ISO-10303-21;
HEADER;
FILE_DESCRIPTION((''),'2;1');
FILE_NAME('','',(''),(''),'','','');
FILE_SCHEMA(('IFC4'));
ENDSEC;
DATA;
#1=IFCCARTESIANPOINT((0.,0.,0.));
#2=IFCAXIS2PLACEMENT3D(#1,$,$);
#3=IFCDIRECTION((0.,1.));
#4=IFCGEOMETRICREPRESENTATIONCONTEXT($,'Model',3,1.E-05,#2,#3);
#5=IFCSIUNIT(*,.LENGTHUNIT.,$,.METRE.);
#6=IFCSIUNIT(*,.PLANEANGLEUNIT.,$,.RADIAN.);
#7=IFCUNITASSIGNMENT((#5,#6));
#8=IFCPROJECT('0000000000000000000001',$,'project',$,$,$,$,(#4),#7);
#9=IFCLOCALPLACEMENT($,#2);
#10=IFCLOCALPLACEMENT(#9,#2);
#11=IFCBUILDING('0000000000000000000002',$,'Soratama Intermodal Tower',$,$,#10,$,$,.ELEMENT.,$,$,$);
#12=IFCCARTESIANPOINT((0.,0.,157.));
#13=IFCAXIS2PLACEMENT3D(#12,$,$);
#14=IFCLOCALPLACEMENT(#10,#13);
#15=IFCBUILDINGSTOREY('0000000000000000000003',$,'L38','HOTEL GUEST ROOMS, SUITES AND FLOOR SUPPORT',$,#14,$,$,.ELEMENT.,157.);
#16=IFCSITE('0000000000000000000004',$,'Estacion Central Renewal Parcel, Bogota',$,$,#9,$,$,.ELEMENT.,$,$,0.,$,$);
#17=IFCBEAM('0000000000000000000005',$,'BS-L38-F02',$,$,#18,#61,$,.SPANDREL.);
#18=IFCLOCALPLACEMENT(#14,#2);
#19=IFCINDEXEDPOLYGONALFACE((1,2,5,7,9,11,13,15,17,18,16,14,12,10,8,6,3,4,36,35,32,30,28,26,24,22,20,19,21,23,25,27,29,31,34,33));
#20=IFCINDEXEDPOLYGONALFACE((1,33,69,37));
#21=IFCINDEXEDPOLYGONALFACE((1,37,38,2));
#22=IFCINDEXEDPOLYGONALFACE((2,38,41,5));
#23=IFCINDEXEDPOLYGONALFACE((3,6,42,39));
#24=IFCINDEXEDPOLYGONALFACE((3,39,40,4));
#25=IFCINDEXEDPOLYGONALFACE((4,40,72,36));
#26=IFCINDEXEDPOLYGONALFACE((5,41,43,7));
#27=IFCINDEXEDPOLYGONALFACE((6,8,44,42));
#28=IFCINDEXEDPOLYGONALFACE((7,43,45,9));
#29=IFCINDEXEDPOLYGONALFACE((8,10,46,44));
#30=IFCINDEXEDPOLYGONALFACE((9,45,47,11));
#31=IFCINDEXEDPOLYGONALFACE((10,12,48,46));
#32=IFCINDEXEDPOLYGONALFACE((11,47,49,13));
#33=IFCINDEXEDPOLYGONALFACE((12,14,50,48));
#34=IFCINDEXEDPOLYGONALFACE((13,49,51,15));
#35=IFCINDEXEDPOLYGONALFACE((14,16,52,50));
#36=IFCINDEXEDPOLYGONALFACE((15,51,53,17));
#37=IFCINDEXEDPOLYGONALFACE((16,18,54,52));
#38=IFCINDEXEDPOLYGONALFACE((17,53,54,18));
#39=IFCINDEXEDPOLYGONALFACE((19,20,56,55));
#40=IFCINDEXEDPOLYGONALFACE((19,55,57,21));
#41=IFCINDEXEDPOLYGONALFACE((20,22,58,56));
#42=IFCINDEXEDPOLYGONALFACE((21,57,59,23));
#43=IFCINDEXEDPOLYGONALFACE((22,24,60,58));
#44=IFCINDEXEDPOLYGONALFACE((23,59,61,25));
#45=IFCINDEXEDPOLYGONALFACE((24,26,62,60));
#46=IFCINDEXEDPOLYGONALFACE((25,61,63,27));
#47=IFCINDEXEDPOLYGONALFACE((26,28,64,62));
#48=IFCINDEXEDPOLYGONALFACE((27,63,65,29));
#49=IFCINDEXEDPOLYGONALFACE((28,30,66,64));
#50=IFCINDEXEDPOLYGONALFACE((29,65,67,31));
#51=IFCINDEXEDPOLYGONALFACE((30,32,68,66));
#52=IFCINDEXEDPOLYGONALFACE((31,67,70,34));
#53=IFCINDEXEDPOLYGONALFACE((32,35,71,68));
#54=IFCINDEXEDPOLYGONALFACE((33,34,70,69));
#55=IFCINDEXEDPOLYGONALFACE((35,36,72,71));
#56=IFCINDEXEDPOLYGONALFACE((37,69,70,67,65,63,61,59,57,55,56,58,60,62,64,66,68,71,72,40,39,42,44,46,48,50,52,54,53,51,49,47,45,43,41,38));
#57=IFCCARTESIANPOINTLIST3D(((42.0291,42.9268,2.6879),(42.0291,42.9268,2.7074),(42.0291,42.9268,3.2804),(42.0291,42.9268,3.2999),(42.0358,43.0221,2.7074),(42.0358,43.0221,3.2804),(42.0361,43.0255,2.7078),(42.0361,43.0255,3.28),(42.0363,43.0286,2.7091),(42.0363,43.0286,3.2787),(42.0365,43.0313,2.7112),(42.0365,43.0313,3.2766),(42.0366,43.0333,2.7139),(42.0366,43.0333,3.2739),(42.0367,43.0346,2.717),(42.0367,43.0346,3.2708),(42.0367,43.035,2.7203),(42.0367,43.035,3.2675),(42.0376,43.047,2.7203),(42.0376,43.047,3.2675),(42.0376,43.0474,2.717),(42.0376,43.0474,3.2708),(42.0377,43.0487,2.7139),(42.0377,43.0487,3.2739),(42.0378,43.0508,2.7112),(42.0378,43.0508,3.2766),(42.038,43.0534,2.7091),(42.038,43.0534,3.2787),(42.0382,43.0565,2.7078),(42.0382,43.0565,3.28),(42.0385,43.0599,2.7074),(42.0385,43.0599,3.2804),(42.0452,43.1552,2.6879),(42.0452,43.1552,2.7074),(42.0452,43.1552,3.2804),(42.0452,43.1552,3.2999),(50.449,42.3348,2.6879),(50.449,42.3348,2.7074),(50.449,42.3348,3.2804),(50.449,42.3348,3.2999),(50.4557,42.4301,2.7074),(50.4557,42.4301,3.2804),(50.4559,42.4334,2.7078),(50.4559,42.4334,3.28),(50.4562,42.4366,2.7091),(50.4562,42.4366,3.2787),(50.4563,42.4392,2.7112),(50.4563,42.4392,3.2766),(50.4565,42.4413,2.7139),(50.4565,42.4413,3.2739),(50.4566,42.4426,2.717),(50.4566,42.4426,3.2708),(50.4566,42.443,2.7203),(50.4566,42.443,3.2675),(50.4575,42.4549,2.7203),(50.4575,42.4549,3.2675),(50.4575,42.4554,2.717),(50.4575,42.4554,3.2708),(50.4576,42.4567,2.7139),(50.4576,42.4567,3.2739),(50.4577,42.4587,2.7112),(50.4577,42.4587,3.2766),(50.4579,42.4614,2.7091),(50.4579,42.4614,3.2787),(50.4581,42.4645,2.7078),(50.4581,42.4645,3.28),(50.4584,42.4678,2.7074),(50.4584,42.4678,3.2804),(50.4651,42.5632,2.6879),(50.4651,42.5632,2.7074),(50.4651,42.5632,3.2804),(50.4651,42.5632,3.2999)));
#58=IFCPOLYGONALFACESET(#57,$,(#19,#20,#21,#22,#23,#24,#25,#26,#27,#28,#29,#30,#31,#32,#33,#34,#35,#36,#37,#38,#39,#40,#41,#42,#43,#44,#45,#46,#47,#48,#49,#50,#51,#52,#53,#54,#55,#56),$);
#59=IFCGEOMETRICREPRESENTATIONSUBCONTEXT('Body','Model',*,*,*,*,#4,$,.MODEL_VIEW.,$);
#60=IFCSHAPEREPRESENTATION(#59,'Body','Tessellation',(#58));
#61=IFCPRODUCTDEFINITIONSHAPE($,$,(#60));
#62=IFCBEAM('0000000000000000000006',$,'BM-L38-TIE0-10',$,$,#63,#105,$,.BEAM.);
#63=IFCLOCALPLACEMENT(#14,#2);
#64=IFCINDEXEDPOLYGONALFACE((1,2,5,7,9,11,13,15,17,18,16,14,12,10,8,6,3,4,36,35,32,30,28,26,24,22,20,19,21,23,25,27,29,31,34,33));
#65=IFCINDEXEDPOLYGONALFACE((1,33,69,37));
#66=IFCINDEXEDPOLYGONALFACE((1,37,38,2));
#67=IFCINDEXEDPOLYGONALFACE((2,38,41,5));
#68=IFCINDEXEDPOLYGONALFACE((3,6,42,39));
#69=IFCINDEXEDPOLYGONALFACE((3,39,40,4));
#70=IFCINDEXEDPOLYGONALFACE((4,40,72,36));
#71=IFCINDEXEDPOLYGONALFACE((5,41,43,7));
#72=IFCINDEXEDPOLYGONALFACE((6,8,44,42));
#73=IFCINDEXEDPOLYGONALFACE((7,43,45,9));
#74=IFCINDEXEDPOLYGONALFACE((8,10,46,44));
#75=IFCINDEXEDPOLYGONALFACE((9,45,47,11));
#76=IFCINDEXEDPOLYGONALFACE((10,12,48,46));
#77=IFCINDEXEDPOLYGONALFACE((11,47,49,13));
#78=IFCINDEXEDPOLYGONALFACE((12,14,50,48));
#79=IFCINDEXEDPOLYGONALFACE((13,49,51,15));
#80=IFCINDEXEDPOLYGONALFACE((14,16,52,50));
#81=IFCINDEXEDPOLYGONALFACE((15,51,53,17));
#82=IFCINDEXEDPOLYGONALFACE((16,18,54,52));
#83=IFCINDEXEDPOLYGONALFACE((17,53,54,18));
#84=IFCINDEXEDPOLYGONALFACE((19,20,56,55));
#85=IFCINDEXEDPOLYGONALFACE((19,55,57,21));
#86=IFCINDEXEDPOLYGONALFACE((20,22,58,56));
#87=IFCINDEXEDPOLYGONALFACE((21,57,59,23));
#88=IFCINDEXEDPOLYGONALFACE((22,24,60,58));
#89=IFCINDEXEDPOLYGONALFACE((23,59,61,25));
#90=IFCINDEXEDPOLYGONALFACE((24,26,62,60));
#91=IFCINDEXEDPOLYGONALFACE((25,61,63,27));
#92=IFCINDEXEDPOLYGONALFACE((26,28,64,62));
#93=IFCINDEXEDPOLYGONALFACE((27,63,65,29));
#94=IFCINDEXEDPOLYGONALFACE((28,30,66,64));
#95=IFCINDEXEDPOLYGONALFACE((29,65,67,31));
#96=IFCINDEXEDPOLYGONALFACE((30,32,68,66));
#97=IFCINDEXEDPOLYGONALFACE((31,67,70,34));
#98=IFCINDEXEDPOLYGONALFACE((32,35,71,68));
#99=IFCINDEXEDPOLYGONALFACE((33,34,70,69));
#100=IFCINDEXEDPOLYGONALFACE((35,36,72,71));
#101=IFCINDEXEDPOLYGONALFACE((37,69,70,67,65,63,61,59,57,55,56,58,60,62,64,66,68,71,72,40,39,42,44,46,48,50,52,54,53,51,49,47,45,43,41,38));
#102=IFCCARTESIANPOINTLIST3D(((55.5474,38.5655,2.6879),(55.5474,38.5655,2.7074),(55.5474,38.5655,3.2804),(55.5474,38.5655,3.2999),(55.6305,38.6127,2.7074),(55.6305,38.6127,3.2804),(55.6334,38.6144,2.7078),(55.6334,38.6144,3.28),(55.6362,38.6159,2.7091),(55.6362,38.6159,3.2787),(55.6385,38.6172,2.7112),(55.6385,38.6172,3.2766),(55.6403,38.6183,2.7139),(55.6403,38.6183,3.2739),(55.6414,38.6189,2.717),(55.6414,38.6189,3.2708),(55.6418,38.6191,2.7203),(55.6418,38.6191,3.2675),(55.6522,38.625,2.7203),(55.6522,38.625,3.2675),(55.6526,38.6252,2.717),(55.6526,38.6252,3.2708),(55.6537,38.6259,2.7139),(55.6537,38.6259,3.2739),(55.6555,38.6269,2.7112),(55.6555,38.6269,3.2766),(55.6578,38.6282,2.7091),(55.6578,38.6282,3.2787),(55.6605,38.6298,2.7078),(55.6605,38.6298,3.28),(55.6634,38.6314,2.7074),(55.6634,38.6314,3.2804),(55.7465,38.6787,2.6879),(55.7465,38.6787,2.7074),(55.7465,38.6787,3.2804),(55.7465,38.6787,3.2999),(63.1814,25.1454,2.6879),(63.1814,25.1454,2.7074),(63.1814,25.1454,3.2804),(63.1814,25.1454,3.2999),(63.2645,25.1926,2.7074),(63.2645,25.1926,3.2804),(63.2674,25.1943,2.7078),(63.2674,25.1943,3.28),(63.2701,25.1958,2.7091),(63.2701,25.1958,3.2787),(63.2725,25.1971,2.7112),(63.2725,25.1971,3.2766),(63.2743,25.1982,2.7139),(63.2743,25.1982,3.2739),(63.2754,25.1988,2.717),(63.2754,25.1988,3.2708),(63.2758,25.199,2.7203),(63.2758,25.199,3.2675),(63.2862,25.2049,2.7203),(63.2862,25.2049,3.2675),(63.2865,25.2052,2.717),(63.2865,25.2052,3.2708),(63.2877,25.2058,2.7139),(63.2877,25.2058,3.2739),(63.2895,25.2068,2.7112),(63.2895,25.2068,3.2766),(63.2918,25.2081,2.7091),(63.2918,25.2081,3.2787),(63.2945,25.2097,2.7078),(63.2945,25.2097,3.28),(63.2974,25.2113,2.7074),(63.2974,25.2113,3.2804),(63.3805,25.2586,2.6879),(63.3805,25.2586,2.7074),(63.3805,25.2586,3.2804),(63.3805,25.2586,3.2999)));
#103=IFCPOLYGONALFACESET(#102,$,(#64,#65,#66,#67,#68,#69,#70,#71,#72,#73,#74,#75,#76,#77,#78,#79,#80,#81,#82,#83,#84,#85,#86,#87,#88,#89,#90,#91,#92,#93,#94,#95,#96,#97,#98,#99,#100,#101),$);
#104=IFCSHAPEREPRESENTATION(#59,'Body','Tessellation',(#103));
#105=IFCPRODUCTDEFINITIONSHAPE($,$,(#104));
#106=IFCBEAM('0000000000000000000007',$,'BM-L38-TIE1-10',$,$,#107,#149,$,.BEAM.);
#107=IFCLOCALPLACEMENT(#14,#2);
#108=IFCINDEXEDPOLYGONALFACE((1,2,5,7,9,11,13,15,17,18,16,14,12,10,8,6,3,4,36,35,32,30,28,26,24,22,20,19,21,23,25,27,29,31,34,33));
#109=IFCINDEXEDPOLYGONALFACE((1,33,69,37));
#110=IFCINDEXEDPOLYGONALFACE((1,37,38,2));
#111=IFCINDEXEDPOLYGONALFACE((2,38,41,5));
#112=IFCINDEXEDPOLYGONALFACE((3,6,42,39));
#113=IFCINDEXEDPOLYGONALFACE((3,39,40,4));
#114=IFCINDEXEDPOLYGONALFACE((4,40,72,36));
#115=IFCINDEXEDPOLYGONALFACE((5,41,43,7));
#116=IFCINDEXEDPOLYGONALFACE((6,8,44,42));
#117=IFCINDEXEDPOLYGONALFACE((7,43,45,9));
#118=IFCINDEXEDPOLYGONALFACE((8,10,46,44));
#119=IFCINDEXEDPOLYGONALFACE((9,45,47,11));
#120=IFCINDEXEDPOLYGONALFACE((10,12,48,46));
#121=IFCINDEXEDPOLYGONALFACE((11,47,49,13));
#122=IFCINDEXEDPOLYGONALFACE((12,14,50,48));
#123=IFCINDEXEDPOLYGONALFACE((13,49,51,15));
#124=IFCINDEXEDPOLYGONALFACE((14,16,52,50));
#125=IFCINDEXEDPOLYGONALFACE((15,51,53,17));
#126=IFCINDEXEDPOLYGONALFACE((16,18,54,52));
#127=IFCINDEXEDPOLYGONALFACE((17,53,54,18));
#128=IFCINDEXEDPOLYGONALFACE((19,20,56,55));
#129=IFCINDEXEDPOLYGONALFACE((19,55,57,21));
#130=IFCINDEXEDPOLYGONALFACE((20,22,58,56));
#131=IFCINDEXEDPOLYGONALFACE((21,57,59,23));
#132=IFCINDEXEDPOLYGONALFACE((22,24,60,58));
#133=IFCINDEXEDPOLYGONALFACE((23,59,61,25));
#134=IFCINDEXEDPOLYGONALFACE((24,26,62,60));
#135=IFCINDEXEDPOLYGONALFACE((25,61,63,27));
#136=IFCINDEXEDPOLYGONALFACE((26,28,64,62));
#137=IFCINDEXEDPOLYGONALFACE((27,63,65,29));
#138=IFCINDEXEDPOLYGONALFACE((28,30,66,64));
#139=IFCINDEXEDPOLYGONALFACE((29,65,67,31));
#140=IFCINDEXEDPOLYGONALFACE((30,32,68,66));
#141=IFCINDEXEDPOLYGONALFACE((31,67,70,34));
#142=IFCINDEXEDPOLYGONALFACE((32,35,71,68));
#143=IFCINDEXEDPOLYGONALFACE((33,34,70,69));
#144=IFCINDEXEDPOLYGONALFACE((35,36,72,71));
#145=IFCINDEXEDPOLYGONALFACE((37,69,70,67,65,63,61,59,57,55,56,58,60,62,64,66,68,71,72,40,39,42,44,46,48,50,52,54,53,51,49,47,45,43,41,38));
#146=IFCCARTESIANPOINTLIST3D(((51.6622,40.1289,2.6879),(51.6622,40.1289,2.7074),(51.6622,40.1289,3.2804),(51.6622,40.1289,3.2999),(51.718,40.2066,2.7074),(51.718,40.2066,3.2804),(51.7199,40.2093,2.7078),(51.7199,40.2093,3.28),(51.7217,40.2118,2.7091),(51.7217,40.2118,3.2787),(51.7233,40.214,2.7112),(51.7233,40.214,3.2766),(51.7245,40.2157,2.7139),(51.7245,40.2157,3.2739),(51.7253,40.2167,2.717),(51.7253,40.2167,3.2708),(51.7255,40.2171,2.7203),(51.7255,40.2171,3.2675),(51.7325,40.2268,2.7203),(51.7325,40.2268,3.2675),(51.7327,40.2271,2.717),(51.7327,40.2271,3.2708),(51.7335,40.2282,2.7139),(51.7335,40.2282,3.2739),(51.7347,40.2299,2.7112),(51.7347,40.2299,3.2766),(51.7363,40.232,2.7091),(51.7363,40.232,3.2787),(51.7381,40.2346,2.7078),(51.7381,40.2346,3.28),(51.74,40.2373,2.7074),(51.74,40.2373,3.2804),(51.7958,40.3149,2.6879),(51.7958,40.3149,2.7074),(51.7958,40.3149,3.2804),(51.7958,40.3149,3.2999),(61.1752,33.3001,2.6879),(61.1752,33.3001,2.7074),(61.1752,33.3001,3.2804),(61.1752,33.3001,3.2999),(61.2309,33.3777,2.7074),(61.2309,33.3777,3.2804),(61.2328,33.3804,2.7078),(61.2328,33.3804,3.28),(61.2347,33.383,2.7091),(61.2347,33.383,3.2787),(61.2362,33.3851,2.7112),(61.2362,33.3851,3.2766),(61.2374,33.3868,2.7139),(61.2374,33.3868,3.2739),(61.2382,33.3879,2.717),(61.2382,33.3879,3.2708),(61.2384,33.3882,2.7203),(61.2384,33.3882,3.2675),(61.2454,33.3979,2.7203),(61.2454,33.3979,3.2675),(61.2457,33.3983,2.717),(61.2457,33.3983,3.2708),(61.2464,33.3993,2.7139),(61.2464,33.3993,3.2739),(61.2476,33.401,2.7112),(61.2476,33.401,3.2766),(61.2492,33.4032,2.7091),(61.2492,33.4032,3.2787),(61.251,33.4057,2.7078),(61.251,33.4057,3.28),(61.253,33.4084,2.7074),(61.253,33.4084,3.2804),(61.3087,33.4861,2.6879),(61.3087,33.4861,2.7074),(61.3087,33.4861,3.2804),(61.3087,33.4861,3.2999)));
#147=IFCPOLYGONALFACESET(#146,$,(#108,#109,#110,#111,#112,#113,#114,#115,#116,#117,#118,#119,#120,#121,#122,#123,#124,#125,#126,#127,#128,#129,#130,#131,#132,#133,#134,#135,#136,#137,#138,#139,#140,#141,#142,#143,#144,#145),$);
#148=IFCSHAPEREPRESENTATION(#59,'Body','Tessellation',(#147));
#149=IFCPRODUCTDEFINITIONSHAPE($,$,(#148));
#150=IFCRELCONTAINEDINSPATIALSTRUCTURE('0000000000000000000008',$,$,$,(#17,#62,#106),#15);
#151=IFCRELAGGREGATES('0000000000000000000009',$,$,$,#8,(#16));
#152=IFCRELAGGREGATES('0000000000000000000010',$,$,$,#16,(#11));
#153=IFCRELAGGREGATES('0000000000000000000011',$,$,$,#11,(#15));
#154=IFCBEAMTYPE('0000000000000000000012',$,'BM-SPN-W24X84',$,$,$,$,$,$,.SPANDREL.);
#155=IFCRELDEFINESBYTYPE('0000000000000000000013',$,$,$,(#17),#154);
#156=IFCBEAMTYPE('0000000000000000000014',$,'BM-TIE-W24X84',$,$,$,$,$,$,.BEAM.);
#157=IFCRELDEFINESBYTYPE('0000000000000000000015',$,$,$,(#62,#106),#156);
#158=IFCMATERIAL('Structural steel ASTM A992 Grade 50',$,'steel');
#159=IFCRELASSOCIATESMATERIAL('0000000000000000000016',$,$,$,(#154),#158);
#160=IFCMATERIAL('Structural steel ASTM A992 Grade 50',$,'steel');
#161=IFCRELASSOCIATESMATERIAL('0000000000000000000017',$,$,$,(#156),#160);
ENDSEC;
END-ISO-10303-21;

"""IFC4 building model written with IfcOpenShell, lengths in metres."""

from ifc_helpers import new_model, si_unit, direction, frame, origin, origin_2d, place, context, subcontext, project, spatial, i_section, extrude, material, material_profile, profile_set, type_object, element, save


model = new_model("IFC4")

# Units and contexts
model_context = context("Model", 3, precision=1e-05, world=origin(), true_north=direction((0.0, 1.0)))
body_context = subcontext(model_context, "Body", "Model", "MODEL_VIEW")
ifc_project = project(units=[si_unit("LENGTHUNIT", "METRE"), si_unit("PLANEANGLEUNIT", "RADIAN")], contexts=[model_context])

# Site, building, storey
site_placement = place(None, origin())
site = spatial("IfcSite", under=ifc_project, at=site_placement, Name="Estacion Central Renewal Parcel, Bogota", CompositionType="ELEMENT", RefElevation=0.0)
building_placement = place(site_placement, origin())
building = spatial("IfcBuilding", under=site, at=building_placement, Name="Soratama Intermodal Tower", CompositionType="ELEMENT")
storey_placement = place(building_placement, frame((0.0, 0.0, 157.0)))
storey = spatial("IfcBuildingStorey", under=building, at=storey_placement, Name="L38", Description="HOTEL GUEST ROOMS, SUITES AND FLOOR SUPPORT", CompositionType="ELEMENT", Elevation=157.0)

# Beams
ifc_material_1 = material(Name="Structural steel ASTM A992 Grade 50", Category="steel")
ifc_material_profile_1 = material_profile(ifc_material_1, i_section(OverallWidth=0.229, OverallDepth=0.6121, WebThickness=0.012, FlangeThickness=0.0195, FilletRadius=0.0129, at=origin_2d()), Name="W24X84")
ifc_profile_set_1 = profile_set([ifc_material_profile_1], Name="Structural steel ASTM A992 Grade 50")
beam_type_1 = type_object("IfcBeamType", Name="BM-SPN-W24X84", PredefinedType="SPANDREL", material=ifc_profile_set_1)
beam_1_placement = place(storey_placement, frame((50.457, 42.449, 2.9939), z_axis=(-0.997537, 0.070141, 0.0), x_axis=(-0.070141, -0.997537, 0.0)))
element("IfcBeam", 1, at=beam_1_placement, inside=storey, type_object=beam_type_1, Name="BS-L38-F02", PredefinedType="SPANDREL", context=body_context, shape_type="SweptSolid", body=[
    extrude(i_section(OverallWidth=0.229, OverallDepth=0.6121, WebThickness=0.012, FlangeThickness=0.0195, FilletRadius=0.0129, at=origin_2d()), origin(), (0.0, 0.0, 1.0), 8.4407),
])
ifc_material_2 = material(Name="Structural steel ASTM A992 Grade 50", Category="steel")
ifc_material_profile_2 = material_profile(ifc_material_2, i_section(OverallWidth=0.229, OverallDepth=0.6121, WebThickness=0.012, FlangeThickness=0.0195, FilletRadius=0.0129, at=origin_2d()), Name="W24X84")
ifc_profile_set_2 = profile_set([ifc_material_profile_2], Name="Structural steel ASTM A992 Grade 50")
beam_type_2 = type_object("IfcBeamType", Name="BM-TIE-W24X84", PredefinedType="BEAM", material=ifc_profile_set_2)
beam_2_placement = place(storey_placement, frame((55.647, 38.6221, 2.9939), z_axis=(0.494447, -0.869208, 0.0), x_axis=(0.869208, 0.494447, 0.0)))
element("IfcBeam", 2, at=beam_2_placement, inside=storey, type_object=beam_type_2, Name="BM-L38-TIE0-10", PredefinedType="BEAM", context=body_context, shape_type="SweptSolid", body=[
    extrude(i_section(OverallWidth=0.229, OverallDepth=0.6121, WebThickness=0.012, FlangeThickness=0.0195, FilletRadius=0.0129, at=origin_2d()), origin(), (0.0, 0.0, 1.0), 15.4395),
])
beam_3_placement = place(storey_placement, frame((51.729, 40.2219, 2.9939), z_axis=(0.812362, -0.583154, 0.0), x_axis=(0.583154, 0.812362, 0.0)))
element("IfcBeam", 3, at=beam_3_placement, inside=storey, type_object=beam_type_2, Name="BM-L38-TIE1-10", PredefinedType="BEAM", context=body_context, shape_type="SweptSolid", body=[
    extrude(i_section(OverallWidth=0.229, OverallDepth=0.6121, WebThickness=0.012, FlangeThickness=0.0195, FilletRadius=0.0129, at=origin_2d()), origin(), (0.0, 0.0, 1.0), 11.7102),
])

save(model, "model.ifc")
